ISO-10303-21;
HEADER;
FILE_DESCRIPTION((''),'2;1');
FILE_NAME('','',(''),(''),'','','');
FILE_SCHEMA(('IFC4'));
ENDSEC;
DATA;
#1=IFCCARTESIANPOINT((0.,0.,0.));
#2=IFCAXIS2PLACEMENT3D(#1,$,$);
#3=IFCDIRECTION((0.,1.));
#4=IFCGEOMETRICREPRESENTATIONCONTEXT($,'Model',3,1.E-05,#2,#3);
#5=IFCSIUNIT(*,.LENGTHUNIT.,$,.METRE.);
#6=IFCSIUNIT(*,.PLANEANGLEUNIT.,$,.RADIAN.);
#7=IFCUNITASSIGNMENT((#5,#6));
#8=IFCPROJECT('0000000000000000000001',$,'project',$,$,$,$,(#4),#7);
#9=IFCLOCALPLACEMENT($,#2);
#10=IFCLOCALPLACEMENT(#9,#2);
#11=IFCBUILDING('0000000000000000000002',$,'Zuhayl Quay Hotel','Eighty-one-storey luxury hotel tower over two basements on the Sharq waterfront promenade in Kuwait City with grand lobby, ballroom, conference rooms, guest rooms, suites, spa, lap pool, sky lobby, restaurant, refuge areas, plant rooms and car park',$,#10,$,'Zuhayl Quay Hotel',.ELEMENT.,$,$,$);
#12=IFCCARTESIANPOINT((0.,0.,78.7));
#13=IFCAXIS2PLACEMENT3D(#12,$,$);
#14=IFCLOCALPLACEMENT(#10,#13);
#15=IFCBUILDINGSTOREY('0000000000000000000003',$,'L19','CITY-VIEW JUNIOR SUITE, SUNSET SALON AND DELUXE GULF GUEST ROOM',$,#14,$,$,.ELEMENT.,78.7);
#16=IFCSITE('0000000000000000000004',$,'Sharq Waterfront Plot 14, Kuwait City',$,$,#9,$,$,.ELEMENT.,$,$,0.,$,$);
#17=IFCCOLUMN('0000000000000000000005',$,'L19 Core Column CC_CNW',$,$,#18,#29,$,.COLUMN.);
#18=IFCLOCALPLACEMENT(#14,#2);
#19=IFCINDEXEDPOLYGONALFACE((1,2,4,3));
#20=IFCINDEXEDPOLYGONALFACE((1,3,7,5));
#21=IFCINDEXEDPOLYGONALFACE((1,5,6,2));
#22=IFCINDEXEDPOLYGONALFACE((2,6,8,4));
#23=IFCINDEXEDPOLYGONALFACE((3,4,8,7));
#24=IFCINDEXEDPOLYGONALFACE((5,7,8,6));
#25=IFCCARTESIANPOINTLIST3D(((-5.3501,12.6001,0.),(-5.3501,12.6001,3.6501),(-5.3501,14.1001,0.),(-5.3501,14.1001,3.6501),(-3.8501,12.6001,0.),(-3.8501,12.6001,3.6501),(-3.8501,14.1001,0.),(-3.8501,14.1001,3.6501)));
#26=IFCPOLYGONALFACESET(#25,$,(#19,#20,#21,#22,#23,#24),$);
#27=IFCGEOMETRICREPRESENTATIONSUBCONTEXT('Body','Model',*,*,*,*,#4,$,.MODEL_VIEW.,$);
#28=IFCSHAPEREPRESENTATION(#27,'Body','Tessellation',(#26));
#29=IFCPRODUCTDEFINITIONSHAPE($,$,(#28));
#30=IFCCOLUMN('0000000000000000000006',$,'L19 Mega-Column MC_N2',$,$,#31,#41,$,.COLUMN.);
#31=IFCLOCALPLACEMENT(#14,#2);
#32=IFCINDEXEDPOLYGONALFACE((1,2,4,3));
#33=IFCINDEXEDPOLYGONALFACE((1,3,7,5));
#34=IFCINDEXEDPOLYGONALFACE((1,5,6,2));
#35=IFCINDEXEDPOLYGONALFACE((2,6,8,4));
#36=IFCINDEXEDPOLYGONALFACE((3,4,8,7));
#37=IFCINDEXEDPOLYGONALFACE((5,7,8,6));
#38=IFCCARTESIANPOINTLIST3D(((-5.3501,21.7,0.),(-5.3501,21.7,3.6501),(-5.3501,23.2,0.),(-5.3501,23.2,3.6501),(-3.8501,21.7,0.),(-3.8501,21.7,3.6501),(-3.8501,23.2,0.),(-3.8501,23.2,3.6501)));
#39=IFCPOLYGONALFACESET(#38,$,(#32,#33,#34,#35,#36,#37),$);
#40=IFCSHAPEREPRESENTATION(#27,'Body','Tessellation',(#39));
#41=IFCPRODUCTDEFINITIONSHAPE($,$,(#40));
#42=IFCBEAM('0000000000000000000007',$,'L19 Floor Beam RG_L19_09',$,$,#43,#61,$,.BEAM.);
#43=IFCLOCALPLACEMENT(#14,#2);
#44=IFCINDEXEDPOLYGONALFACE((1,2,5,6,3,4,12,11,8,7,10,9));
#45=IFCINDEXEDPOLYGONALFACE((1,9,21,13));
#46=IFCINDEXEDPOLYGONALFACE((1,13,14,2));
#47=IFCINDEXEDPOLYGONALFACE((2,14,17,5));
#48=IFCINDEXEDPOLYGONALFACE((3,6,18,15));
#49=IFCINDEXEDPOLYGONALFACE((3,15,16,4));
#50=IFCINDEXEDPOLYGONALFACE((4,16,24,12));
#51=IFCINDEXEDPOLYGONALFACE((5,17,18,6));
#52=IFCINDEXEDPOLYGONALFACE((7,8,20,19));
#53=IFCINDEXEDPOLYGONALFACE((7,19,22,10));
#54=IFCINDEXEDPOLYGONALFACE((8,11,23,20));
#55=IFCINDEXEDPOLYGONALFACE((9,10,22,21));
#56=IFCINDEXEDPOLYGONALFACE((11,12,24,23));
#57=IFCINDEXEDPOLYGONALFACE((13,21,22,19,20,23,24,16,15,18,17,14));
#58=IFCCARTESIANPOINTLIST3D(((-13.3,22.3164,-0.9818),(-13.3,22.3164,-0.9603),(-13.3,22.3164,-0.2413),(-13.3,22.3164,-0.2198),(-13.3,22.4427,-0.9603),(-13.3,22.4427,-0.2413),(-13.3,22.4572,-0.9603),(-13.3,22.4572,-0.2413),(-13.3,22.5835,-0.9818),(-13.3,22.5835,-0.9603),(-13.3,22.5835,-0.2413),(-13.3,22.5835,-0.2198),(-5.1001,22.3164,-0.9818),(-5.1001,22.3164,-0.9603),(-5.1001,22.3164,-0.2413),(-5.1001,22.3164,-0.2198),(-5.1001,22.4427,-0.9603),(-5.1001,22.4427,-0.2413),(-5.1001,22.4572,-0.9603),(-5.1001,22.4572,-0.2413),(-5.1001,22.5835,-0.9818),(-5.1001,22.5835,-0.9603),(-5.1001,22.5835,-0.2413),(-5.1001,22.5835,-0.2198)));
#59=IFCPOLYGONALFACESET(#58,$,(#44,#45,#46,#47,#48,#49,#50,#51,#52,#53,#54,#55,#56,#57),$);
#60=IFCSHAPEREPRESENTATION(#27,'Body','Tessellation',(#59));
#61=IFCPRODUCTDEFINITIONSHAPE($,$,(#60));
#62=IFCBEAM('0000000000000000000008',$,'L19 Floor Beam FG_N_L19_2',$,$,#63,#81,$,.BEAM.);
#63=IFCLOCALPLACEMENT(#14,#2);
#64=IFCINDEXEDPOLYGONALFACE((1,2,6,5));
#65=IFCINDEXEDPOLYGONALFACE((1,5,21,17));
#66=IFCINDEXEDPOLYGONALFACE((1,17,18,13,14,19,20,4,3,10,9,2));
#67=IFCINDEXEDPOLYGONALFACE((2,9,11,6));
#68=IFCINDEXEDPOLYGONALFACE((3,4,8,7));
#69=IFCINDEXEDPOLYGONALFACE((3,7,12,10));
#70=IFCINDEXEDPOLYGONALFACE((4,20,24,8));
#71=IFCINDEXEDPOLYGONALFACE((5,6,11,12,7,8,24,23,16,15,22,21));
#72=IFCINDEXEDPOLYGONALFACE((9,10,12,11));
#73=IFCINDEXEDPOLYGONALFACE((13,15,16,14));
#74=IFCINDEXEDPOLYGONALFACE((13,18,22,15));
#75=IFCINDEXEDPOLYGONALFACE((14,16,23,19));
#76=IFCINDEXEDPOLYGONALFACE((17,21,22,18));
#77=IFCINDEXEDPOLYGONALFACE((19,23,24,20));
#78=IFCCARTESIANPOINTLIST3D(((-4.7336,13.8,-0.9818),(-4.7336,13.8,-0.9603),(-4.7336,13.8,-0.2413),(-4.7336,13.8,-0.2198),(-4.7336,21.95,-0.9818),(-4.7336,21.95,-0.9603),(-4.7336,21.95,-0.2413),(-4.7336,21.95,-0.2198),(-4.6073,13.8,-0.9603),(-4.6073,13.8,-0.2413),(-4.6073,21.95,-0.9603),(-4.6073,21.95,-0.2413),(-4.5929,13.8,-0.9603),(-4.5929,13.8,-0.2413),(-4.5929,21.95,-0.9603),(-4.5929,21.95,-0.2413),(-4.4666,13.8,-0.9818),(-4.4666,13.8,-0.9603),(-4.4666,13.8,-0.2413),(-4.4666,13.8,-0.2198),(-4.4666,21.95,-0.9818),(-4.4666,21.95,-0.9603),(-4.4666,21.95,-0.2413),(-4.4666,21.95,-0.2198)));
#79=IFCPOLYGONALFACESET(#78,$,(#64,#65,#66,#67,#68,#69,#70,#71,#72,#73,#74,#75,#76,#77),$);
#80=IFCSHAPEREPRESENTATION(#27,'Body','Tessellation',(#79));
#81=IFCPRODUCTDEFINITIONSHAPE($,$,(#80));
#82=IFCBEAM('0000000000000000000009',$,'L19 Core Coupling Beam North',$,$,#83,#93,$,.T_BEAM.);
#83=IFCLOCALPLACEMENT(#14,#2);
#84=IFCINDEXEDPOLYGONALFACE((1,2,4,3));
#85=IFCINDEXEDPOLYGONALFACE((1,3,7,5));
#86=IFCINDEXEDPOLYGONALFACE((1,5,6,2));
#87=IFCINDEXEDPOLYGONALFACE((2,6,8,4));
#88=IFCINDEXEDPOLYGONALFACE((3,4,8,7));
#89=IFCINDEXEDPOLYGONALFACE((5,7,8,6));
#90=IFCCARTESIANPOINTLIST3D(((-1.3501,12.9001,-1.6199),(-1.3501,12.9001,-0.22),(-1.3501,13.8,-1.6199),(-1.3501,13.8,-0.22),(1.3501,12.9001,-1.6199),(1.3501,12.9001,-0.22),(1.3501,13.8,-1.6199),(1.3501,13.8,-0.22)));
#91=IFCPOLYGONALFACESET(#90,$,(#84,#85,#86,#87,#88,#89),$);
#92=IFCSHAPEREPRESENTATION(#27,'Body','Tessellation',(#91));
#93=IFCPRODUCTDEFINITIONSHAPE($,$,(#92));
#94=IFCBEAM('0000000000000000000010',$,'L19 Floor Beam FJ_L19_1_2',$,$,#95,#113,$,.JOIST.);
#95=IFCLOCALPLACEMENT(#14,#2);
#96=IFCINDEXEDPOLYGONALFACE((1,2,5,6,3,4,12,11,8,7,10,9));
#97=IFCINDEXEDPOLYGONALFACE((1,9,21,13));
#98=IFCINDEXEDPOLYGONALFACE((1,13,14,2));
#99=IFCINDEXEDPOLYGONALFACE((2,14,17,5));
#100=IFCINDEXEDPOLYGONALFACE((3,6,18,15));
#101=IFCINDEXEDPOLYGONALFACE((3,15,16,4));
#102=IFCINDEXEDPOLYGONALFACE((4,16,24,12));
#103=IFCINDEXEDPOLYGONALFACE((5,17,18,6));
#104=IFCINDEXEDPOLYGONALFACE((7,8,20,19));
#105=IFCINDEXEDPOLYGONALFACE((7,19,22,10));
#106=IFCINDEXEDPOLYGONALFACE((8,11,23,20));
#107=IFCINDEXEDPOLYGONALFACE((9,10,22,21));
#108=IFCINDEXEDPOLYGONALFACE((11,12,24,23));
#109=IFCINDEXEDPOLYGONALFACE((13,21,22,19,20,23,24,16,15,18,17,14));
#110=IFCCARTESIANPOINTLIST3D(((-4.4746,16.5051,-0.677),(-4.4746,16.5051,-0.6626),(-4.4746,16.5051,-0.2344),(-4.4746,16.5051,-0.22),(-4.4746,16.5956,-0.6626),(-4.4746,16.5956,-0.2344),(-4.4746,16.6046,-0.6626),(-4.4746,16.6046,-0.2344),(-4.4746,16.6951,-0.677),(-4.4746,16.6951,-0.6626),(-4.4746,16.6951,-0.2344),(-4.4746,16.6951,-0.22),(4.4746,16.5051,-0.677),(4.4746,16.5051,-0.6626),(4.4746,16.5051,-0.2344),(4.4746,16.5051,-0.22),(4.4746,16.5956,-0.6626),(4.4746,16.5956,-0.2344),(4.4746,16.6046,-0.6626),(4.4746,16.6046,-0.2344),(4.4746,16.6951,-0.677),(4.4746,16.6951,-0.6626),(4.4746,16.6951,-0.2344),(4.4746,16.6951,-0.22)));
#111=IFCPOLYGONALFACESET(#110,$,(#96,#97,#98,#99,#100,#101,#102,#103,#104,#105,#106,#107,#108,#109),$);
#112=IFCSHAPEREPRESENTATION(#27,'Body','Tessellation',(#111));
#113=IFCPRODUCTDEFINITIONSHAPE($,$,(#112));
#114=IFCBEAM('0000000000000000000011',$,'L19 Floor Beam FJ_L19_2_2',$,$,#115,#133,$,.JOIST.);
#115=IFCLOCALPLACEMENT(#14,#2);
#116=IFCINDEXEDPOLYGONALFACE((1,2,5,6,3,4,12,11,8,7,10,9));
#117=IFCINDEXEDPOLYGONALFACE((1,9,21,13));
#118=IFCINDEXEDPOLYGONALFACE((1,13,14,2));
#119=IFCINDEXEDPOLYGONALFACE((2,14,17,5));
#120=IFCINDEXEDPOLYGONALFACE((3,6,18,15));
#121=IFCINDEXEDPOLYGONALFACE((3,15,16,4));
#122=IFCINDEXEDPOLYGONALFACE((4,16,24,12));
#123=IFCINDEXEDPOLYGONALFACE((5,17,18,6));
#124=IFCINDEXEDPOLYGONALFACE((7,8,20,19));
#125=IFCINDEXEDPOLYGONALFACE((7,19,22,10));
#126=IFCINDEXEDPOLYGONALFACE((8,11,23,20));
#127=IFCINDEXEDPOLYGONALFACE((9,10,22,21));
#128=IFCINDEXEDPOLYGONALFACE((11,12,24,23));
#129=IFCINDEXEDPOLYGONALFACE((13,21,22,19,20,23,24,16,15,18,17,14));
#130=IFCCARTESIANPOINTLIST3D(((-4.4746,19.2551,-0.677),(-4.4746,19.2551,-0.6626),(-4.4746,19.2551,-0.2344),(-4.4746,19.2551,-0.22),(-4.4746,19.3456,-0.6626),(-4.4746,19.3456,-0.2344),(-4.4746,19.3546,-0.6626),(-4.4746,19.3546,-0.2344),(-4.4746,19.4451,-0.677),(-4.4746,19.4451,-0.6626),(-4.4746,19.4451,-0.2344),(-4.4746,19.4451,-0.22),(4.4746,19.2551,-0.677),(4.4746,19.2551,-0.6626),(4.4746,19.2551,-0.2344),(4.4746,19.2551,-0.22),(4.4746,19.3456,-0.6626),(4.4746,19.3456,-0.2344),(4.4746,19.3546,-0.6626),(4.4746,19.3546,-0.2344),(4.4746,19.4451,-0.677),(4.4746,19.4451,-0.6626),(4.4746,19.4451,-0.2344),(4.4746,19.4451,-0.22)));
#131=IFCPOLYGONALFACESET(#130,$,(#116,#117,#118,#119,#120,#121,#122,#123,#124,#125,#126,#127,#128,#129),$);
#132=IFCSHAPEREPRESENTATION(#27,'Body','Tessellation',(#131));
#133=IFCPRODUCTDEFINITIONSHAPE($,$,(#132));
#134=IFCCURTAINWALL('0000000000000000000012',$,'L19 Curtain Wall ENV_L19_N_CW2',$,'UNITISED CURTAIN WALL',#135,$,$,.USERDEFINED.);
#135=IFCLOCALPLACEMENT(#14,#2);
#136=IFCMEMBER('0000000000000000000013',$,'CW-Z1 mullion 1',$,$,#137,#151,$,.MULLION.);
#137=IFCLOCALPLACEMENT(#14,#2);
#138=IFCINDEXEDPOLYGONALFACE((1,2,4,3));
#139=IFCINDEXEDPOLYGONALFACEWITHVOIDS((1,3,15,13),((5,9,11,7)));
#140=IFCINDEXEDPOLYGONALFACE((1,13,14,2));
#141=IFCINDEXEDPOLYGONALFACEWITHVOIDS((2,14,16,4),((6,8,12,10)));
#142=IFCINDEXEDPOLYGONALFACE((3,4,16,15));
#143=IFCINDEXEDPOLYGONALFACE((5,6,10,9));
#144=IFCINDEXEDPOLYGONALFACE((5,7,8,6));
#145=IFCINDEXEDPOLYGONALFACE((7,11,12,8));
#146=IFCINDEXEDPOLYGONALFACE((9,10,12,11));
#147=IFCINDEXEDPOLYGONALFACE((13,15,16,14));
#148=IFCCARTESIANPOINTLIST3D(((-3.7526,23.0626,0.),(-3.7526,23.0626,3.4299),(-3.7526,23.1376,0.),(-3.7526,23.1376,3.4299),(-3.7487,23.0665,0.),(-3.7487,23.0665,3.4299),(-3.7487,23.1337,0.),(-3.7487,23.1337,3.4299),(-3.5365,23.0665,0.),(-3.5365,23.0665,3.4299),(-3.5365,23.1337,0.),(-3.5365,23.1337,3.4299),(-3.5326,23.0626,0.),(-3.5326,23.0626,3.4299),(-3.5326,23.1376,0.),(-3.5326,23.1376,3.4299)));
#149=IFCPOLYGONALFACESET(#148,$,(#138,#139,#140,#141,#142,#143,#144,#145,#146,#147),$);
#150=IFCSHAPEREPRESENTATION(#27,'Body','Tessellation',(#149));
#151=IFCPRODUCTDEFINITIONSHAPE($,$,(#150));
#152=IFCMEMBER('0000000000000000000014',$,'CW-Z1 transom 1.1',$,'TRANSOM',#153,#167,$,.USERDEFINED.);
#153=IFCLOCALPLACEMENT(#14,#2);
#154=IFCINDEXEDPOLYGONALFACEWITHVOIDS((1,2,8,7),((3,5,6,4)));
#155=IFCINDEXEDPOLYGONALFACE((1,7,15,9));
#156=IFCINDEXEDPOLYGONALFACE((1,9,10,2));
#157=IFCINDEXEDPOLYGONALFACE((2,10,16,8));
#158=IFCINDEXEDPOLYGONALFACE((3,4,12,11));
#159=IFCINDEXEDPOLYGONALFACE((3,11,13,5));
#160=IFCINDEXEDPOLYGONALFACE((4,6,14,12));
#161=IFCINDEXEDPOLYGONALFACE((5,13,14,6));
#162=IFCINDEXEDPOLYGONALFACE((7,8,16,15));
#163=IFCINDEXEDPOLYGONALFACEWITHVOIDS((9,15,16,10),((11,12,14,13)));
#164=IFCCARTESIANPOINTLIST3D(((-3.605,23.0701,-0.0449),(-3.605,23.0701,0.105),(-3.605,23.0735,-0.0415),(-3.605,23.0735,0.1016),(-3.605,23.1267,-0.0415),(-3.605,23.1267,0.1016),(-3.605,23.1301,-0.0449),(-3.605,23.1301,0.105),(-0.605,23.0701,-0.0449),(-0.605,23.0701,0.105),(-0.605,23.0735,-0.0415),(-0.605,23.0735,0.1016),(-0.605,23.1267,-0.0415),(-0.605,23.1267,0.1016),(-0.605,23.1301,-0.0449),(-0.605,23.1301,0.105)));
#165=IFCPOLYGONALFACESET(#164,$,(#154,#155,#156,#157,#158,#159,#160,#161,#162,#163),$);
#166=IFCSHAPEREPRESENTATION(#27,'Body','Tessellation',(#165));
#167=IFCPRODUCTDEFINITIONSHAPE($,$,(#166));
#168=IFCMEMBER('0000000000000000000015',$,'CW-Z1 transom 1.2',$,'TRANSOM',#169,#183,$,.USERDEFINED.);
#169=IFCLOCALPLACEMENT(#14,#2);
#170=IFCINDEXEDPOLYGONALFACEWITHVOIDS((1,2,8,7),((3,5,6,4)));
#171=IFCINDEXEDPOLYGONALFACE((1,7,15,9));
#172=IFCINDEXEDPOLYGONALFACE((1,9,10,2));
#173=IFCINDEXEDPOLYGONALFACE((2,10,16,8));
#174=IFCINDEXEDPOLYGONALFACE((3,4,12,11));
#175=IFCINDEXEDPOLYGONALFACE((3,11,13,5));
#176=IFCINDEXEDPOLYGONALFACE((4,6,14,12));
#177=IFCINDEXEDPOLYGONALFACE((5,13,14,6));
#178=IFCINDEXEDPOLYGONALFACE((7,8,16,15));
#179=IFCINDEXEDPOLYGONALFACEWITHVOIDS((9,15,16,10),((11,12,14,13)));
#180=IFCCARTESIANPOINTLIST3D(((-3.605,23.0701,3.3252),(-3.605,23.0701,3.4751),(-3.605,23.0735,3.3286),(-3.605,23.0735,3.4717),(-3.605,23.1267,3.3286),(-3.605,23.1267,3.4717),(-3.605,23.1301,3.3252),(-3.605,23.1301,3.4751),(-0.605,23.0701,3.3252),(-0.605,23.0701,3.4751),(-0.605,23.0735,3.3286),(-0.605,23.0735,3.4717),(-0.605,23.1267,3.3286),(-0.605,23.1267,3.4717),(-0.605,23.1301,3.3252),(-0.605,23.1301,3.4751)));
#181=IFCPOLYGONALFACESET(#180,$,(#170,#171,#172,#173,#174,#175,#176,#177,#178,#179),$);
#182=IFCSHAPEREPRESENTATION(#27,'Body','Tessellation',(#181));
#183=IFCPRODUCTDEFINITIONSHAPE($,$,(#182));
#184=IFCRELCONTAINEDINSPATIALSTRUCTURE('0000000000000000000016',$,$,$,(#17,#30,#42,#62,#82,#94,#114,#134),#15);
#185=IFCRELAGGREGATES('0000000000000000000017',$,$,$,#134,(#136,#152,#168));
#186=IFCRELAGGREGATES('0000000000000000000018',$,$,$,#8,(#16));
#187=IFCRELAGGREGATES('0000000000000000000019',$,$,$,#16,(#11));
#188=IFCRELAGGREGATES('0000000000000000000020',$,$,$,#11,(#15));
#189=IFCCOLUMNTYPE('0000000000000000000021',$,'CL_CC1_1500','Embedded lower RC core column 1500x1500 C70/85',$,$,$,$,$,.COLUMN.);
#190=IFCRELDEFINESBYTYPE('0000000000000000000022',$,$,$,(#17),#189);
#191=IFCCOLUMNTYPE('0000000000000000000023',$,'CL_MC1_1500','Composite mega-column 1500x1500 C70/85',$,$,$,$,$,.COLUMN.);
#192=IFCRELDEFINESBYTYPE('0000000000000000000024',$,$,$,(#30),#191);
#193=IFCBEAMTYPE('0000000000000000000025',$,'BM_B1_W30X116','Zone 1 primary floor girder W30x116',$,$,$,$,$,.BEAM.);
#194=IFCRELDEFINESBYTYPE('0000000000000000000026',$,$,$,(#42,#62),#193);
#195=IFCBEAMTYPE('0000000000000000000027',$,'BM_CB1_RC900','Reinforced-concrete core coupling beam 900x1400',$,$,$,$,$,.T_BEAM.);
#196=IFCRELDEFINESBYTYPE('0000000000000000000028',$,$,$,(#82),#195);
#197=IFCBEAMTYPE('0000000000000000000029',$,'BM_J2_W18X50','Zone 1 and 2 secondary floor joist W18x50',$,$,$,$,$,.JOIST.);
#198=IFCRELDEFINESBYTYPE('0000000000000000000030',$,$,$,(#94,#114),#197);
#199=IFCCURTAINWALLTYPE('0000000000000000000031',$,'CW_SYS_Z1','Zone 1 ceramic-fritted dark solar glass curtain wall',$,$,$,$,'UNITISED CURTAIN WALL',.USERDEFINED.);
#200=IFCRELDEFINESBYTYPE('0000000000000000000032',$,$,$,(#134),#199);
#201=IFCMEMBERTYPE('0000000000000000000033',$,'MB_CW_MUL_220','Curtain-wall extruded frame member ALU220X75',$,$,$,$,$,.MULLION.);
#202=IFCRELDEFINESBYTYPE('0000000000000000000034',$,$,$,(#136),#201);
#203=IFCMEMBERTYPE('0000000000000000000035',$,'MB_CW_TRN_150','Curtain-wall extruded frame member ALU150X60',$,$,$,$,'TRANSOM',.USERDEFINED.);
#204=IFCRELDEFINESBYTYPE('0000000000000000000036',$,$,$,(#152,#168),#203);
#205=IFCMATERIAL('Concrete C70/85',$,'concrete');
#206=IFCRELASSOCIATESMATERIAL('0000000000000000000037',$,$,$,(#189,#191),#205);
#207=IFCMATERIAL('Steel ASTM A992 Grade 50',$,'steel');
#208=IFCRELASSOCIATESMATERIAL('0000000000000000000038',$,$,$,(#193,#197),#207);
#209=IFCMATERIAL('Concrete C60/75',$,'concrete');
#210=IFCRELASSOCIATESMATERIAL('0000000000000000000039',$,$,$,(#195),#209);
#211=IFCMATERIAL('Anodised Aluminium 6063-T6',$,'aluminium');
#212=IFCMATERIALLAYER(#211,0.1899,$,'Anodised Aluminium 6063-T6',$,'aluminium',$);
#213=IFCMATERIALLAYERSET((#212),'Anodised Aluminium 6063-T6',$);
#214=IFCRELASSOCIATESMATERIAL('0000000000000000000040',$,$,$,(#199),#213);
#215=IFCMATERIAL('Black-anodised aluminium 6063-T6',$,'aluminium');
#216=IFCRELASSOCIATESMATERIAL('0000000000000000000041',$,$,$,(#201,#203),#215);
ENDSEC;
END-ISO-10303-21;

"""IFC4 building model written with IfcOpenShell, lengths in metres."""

from ifc_helpers import new_model, si_unit, direction, frame, origin, origin_2d, place, context, subcontext, project, spatial, rectangle, hollow_rectangle, i_section, extrude, material, layer, layer_set, material_profile, profile_set, type_object, element, aggregate, save


model = new_model("IFC4")

# Units and contexts
model_context = context("Model", 3, precision=1e-05, world=origin(), true_north=direction((0.0, 1.0)))
body_context = subcontext(model_context, "Body", "Model", "MODEL_VIEW")
ifc_project = project(units=[si_unit("LENGTHUNIT", "METRE"), si_unit("PLANEANGLEUNIT", "RADIAN")], contexts=[model_context])

# Site, building, storey
site_placement = place(None, origin())
site = spatial("IfcSite", under=ifc_project, at=site_placement, Name="Sharq Waterfront Plot 14, Kuwait City", CompositionType="ELEMENT", RefElevation=0.0)
building_placement = place(site_placement, origin())
building = spatial("IfcBuilding", under=site, at=building_placement, Name="Zuhayl Quay Hotel", Description="Eighty-one-storey luxury hotel tower over two basements on the Sharq waterfront promenade in Kuwait City with grand lobby, ballroom, conference rooms, guest rooms, suites, spa, lap pool, sky lobby, restaurant, refuge areas, plant rooms and car park", LongName="Zuhayl Quay Hotel", CompositionType="ELEMENT")
storey_placement = place(building_placement, frame((0.0, 0.0, 78.7)))
storey = spatial("IfcBuildingStorey", under=building, at=storey_placement, Name="L19", Description="CITY-VIEW JUNIOR SUITE, SUNSET SALON AND DELUXE GULF GUEST ROOM", CompositionType="ELEMENT", Elevation=78.7)

# Columns
ifc_material_1 = material(Name="Concrete C70/85", Category="concrete")
ifc_material_profile_1 = material_profile(ifc_material_1, rectangle(XDim=1.5, YDim=1.5, at=origin_2d()), Name="RC1500X1500")
ifc_profile_set_1 = profile_set([ifc_material_profile_1], Name="Concrete C70/85")
column_type_1 = type_object("IfcColumnType", Name="CL_CC1_1500", Description="Embedded lower RC core column 1500x1500 C70/85", PredefinedType="COLUMN", material=ifc_profile_set_1)
column_1_placement = place(storey_placement, frame((-4.6001, 13.3501, 0.0), z_axis=(0.0, 0.0, 1.0), x_axis=(1.0, 0.0, 0.0)))
element("IfcColumn", 1, at=column_1_placement, inside=storey, type_object=column_type_1, Name="L19 Core Column CC_CNW", PredefinedType="COLUMN", context=body_context, shape_type="SweptSolid", body=[
    extrude(rectangle(XDim=1.5, YDim=1.5, at=origin_2d()), origin(), (0.0, 0.0, 1.0), 3.6501),
])
ifc_material_profile_2 = material_profile(ifc_material_1, rectangle(XDim=1.5, YDim=1.5, at=origin_2d()), Name="RC1500X1500")
ifc_profile_set_2 = profile_set([ifc_material_profile_2], Name="Concrete C70/85")
column_type_2 = type_object("IfcColumnType", Name="CL_MC1_1500", Description="Composite mega-column 1500x1500 C70/85", PredefinedType="COLUMN", material=ifc_profile_set_2)
column_2_placement = place(storey_placement, frame((-4.6001, 22.45, 0.0), z_axis=(0.0, 0.0, 1.0), x_axis=(1.0, 0.0, 0.0)))
element("IfcColumn", 2, at=column_2_placement, inside=storey, type_object=column_type_2, Name="L19 Mega-Column MC_N2", PredefinedType="COLUMN", context=body_context, shape_type="SweptSolid", body=[
    extrude(rectangle(XDim=1.5, YDim=1.5, at=origin_2d()), origin(), (0.0, 0.0, 1.0), 3.6501),
])

# Beams
ifc_material_2 = material(Name="Steel ASTM A992 Grade 50", Category="steel")
ifc_material_profile_3 = material_profile(ifc_material_2, i_section(OverallWidth=0.2671, OverallDepth=0.762, WebThickness=0.0144, FlangeThickness=0.0215, at=origin_2d()), Name="W30X116")
ifc_profile_set_3 = profile_set([ifc_material_profile_3], Name="Steel ASTM A992 Grade 50")
beam_type_1 = type_object("IfcBeamType", Name="BM_B1_W30X116", Description="Zone 1 primary floor girder W30x116", PredefinedType="BEAM", material=ifc_profile_set_3)
beam_1_placement = place(storey_placement, frame((-5.1001, 22.45, -0.6008), z_axis=(-1.0, 0.0, 0.0), x_axis=(0.0, -1.0, 0.0)))
element("IfcBeam", 3, at=beam_1_placement, inside=storey, type_object=beam_type_1, Name="L19 Floor Beam RG_L19_09", PredefinedType="BEAM", context=body_context, shape_type="SweptSolid", body=[
    extrude(i_section(OverallWidth=0.2671, OverallDepth=0.762, WebThickness=0.0144, FlangeThickness=0.0215, at=origin_2d()), origin(), (0.0, 0.0, 1.0), 8.2),
])
beam_2_placement = place(storey_placement, frame((-4.6001, 13.8, -0.6008), z_axis=(0.0, 1.0, 0.0), x_axis=(-1.0, 0.0, 0.0)))
element("IfcBeam", 4, at=beam_2_placement, inside=storey, type_object=beam_type_1, Name="L19 Floor Beam FG_N_L19_2", PredefinedType="BEAM", context=body_context, shape_type="SweptSolid", body=[
    extrude(i_section(OverallWidth=0.2671, OverallDepth=0.762, WebThickness=0.0144, FlangeThickness=0.0215, at=origin_2d()), origin(), (0.0, 0.0, 1.0), 8.1499),
])
ifc_material_3 = material(Name="Concrete C60/75", Category="concrete")
ifc_material_profile_4 = material_profile(ifc_material_3, rectangle(XDim=0.8999, YDim=1.3999, at=origin_2d()), Name="RC900X1400")
ifc_profile_set_4 = profile_set([ifc_material_profile_4], Name="Concrete C60/75")
beam_type_2 = type_object("IfcBeamType", Name="BM_CB1_RC900", Description="Reinforced-concrete core coupling beam 900x1400", PredefinedType="T_BEAM", material=ifc_profile_set_4)
beam_3_placement = place(storey_placement, frame((-1.3501, 13.3501, -0.9199), z_axis=(1.0, 0.0, 0.0), x_axis=(0.0, 1.0, 0.0)))
element("IfcBeam", 5, at=beam_3_placement, inside=storey, type_object=beam_type_2, Name="L19 Core Coupling Beam North", PredefinedType="T_BEAM", context=body_context, shape_type="SweptSolid", body=[
    extrude(rectangle(XDim=0.8999, YDim=1.3999, at=origin_2d()), origin(), (0.0, 0.0, 1.0), 2.7002),
])
ifc_material_profile_5 = material_profile(ifc_material_2, i_section(OverallWidth=0.1899, OverallDepth=0.457, WebThickness=0.009, FlangeThickness=0.0144, at=origin_2d()), Name="W18X50")
ifc_profile_set_5 = profile_set([ifc_material_profile_5], Name="Steel ASTM A992 Grade 50")
beam_type_3 = type_object("IfcBeamType", Name="BM_J2_W18X50", Description="Zone 1 and 2 secondary floor joist W18x50", PredefinedType="JOIST", material=ifc_profile_set_5)
for number, where, z_axis, x_axis, name in (
    (6, (-4.4746, 16.6001, -0.4485), (1.0, 0.0, 0.0), (0.0, 1.0, 0.0), "L19 Floor Beam FJ_L19_1_2"),
    (7, (-4.4746, 19.3501, -0.4485), (1.0, 0.0, 0.0), (0.0, 1.0, 0.0), "L19 Floor Beam FJ_L19_2_2"),
):
    element("IfcBeam", number, at=place(storey_placement, frame(where, z_axis=z_axis, x_axis=x_axis)), inside=storey, type_object=beam_type_3, Name=name, PredefinedType="JOIST", context=body_context, shape_type="SweptSolid", body=[
        extrude(i_section(OverallWidth=0.1899, OverallDepth=0.457, WebThickness=0.009, FlangeThickness=0.0144, at=origin_2d()), origin(), (0.0, 0.0, 1.0), 8.9492),
    ])

# Curtain wall, members
ifc_material_4 = material(Name="Anodised Aluminium 6063-T6", Category="aluminium")
ifc_layer_1 = layer(ifc_material_4, 0.1899, Name="Anodised Aluminium 6063-T6", Category="aluminium")
ifc_layer_set_1 = layer_set([ifc_layer_1], Name="Anodised Aluminium 6063-T6")
curtain_wall_type = type_object("IfcCurtainWallType", Name="CW_SYS_Z1", Description="Zone 1 ceramic-fritted dark solar glass curtain wall", ElementType="UNITISED CURTAIN WALL", PredefinedType="USERDEFINED", material=ifc_layer_set_1)
curtain_wall_placement = place(storey_placement, origin())
curtain_wall = element("IfcCurtainWall", 8, at=curtain_wall_placement, inside=storey, type_object=curtain_wall_type, Name="L19 Curtain Wall ENV_L19_N_CW2", ObjectType="UNITISED CURTAIN WALL", PredefinedType="USERDEFINED")
ifc_material_5 = material(Name="Black-anodised aluminium 6063-T6", Category="aluminium")
ifc_material_profile_6 = material_profile(ifc_material_5, hollow_rectangle(XDim=0.075, YDim=0.22, WallThickness=0.0039, at=origin_2d()), Name="ALU220X75")
ifc_profile_set_6 = profile_set([ifc_material_profile_6], Name="Black-anodised aluminium 6063-T6")
member_type_1 = type_object("IfcMemberType", Name="MB_CW_MUL_220", Description="Curtain-wall extruded frame member ALU220X75", PredefinedType="MULLION", material=ifc_profile_set_6)
member_1_placement = place(storey_placement, frame((-3.6426, 23.1001, 0.0), z_axis=(0.0, 0.0, 1.0), x_axis=(0.0, 1.0, 0.0)))
member_1 = element("IfcMember", 9, at=member_1_placement, type_object=member_type_1, Name="CW-Z1 mullion 1", PredefinedType="MULLION", context=body_context, shape_type="SweptSolid", body=[
    extrude(hollow_rectangle(XDim=0.075, YDim=0.22, WallThickness=0.0039, at=origin_2d()), origin(), (0.0, 0.0, 1.0), 3.4299),
])
ifc_material_profile_7 = material_profile(ifc_material_5, hollow_rectangle(XDim=0.0601, YDim=0.1499, WallThickness=0.0034, at=origin_2d()), Name="ALU150X60")
ifc_profile_set_7 = profile_set([ifc_material_profile_7], Name="Black-anodised aluminium 6063-T6")
member_type_2 = type_object("IfcMemberType", Name="MB_CW_TRN_150", Description="Curtain-wall extruded frame member ALU150X60", ElementType="TRANSOM", PredefinedType="USERDEFINED", material=ifc_profile_set_7)
member_2_placement = place(storey_placement, frame((-3.605, 23.1001, 0.03), z_axis=(1.0, 0.0, 0.0), x_axis=(0.0, 1.0, 0.0)))
member_2 = element("IfcMember", 10, at=member_2_placement, type_object=member_type_2, Name="CW-Z1 transom 1.1", ObjectType="TRANSOM", PredefinedType="USERDEFINED", context=body_context, shape_type="SweptSolid", body=[
    extrude(hollow_rectangle(XDim=0.0601, YDim=0.1499, WallThickness=0.0034, at=origin_2d()), origin(), (0.0, 0.0, 1.0), 3.0),
])
member_3_placement = place(storey_placement, frame((-3.605, 23.1001, 3.4001), z_axis=(1.0, 0.0, 0.0), x_axis=(0.0, 1.0, 0.0)))
member_3 = element("IfcMember", 11, at=member_3_placement, type_object=member_type_2, Name="CW-Z1 transom 1.2", ObjectType="TRANSOM", PredefinedType="USERDEFINED", context=body_context, shape_type="SweptSolid", body=[
    extrude(hollow_rectangle(XDim=0.0601, YDim=0.1499, WallThickness=0.0034, at=origin_2d()), origin(), (0.0, 0.0, 1.0), 3.0),
])
aggregate(curtain_wall, [member_1, member_2, member_3])

save(model, "model.ifc")
